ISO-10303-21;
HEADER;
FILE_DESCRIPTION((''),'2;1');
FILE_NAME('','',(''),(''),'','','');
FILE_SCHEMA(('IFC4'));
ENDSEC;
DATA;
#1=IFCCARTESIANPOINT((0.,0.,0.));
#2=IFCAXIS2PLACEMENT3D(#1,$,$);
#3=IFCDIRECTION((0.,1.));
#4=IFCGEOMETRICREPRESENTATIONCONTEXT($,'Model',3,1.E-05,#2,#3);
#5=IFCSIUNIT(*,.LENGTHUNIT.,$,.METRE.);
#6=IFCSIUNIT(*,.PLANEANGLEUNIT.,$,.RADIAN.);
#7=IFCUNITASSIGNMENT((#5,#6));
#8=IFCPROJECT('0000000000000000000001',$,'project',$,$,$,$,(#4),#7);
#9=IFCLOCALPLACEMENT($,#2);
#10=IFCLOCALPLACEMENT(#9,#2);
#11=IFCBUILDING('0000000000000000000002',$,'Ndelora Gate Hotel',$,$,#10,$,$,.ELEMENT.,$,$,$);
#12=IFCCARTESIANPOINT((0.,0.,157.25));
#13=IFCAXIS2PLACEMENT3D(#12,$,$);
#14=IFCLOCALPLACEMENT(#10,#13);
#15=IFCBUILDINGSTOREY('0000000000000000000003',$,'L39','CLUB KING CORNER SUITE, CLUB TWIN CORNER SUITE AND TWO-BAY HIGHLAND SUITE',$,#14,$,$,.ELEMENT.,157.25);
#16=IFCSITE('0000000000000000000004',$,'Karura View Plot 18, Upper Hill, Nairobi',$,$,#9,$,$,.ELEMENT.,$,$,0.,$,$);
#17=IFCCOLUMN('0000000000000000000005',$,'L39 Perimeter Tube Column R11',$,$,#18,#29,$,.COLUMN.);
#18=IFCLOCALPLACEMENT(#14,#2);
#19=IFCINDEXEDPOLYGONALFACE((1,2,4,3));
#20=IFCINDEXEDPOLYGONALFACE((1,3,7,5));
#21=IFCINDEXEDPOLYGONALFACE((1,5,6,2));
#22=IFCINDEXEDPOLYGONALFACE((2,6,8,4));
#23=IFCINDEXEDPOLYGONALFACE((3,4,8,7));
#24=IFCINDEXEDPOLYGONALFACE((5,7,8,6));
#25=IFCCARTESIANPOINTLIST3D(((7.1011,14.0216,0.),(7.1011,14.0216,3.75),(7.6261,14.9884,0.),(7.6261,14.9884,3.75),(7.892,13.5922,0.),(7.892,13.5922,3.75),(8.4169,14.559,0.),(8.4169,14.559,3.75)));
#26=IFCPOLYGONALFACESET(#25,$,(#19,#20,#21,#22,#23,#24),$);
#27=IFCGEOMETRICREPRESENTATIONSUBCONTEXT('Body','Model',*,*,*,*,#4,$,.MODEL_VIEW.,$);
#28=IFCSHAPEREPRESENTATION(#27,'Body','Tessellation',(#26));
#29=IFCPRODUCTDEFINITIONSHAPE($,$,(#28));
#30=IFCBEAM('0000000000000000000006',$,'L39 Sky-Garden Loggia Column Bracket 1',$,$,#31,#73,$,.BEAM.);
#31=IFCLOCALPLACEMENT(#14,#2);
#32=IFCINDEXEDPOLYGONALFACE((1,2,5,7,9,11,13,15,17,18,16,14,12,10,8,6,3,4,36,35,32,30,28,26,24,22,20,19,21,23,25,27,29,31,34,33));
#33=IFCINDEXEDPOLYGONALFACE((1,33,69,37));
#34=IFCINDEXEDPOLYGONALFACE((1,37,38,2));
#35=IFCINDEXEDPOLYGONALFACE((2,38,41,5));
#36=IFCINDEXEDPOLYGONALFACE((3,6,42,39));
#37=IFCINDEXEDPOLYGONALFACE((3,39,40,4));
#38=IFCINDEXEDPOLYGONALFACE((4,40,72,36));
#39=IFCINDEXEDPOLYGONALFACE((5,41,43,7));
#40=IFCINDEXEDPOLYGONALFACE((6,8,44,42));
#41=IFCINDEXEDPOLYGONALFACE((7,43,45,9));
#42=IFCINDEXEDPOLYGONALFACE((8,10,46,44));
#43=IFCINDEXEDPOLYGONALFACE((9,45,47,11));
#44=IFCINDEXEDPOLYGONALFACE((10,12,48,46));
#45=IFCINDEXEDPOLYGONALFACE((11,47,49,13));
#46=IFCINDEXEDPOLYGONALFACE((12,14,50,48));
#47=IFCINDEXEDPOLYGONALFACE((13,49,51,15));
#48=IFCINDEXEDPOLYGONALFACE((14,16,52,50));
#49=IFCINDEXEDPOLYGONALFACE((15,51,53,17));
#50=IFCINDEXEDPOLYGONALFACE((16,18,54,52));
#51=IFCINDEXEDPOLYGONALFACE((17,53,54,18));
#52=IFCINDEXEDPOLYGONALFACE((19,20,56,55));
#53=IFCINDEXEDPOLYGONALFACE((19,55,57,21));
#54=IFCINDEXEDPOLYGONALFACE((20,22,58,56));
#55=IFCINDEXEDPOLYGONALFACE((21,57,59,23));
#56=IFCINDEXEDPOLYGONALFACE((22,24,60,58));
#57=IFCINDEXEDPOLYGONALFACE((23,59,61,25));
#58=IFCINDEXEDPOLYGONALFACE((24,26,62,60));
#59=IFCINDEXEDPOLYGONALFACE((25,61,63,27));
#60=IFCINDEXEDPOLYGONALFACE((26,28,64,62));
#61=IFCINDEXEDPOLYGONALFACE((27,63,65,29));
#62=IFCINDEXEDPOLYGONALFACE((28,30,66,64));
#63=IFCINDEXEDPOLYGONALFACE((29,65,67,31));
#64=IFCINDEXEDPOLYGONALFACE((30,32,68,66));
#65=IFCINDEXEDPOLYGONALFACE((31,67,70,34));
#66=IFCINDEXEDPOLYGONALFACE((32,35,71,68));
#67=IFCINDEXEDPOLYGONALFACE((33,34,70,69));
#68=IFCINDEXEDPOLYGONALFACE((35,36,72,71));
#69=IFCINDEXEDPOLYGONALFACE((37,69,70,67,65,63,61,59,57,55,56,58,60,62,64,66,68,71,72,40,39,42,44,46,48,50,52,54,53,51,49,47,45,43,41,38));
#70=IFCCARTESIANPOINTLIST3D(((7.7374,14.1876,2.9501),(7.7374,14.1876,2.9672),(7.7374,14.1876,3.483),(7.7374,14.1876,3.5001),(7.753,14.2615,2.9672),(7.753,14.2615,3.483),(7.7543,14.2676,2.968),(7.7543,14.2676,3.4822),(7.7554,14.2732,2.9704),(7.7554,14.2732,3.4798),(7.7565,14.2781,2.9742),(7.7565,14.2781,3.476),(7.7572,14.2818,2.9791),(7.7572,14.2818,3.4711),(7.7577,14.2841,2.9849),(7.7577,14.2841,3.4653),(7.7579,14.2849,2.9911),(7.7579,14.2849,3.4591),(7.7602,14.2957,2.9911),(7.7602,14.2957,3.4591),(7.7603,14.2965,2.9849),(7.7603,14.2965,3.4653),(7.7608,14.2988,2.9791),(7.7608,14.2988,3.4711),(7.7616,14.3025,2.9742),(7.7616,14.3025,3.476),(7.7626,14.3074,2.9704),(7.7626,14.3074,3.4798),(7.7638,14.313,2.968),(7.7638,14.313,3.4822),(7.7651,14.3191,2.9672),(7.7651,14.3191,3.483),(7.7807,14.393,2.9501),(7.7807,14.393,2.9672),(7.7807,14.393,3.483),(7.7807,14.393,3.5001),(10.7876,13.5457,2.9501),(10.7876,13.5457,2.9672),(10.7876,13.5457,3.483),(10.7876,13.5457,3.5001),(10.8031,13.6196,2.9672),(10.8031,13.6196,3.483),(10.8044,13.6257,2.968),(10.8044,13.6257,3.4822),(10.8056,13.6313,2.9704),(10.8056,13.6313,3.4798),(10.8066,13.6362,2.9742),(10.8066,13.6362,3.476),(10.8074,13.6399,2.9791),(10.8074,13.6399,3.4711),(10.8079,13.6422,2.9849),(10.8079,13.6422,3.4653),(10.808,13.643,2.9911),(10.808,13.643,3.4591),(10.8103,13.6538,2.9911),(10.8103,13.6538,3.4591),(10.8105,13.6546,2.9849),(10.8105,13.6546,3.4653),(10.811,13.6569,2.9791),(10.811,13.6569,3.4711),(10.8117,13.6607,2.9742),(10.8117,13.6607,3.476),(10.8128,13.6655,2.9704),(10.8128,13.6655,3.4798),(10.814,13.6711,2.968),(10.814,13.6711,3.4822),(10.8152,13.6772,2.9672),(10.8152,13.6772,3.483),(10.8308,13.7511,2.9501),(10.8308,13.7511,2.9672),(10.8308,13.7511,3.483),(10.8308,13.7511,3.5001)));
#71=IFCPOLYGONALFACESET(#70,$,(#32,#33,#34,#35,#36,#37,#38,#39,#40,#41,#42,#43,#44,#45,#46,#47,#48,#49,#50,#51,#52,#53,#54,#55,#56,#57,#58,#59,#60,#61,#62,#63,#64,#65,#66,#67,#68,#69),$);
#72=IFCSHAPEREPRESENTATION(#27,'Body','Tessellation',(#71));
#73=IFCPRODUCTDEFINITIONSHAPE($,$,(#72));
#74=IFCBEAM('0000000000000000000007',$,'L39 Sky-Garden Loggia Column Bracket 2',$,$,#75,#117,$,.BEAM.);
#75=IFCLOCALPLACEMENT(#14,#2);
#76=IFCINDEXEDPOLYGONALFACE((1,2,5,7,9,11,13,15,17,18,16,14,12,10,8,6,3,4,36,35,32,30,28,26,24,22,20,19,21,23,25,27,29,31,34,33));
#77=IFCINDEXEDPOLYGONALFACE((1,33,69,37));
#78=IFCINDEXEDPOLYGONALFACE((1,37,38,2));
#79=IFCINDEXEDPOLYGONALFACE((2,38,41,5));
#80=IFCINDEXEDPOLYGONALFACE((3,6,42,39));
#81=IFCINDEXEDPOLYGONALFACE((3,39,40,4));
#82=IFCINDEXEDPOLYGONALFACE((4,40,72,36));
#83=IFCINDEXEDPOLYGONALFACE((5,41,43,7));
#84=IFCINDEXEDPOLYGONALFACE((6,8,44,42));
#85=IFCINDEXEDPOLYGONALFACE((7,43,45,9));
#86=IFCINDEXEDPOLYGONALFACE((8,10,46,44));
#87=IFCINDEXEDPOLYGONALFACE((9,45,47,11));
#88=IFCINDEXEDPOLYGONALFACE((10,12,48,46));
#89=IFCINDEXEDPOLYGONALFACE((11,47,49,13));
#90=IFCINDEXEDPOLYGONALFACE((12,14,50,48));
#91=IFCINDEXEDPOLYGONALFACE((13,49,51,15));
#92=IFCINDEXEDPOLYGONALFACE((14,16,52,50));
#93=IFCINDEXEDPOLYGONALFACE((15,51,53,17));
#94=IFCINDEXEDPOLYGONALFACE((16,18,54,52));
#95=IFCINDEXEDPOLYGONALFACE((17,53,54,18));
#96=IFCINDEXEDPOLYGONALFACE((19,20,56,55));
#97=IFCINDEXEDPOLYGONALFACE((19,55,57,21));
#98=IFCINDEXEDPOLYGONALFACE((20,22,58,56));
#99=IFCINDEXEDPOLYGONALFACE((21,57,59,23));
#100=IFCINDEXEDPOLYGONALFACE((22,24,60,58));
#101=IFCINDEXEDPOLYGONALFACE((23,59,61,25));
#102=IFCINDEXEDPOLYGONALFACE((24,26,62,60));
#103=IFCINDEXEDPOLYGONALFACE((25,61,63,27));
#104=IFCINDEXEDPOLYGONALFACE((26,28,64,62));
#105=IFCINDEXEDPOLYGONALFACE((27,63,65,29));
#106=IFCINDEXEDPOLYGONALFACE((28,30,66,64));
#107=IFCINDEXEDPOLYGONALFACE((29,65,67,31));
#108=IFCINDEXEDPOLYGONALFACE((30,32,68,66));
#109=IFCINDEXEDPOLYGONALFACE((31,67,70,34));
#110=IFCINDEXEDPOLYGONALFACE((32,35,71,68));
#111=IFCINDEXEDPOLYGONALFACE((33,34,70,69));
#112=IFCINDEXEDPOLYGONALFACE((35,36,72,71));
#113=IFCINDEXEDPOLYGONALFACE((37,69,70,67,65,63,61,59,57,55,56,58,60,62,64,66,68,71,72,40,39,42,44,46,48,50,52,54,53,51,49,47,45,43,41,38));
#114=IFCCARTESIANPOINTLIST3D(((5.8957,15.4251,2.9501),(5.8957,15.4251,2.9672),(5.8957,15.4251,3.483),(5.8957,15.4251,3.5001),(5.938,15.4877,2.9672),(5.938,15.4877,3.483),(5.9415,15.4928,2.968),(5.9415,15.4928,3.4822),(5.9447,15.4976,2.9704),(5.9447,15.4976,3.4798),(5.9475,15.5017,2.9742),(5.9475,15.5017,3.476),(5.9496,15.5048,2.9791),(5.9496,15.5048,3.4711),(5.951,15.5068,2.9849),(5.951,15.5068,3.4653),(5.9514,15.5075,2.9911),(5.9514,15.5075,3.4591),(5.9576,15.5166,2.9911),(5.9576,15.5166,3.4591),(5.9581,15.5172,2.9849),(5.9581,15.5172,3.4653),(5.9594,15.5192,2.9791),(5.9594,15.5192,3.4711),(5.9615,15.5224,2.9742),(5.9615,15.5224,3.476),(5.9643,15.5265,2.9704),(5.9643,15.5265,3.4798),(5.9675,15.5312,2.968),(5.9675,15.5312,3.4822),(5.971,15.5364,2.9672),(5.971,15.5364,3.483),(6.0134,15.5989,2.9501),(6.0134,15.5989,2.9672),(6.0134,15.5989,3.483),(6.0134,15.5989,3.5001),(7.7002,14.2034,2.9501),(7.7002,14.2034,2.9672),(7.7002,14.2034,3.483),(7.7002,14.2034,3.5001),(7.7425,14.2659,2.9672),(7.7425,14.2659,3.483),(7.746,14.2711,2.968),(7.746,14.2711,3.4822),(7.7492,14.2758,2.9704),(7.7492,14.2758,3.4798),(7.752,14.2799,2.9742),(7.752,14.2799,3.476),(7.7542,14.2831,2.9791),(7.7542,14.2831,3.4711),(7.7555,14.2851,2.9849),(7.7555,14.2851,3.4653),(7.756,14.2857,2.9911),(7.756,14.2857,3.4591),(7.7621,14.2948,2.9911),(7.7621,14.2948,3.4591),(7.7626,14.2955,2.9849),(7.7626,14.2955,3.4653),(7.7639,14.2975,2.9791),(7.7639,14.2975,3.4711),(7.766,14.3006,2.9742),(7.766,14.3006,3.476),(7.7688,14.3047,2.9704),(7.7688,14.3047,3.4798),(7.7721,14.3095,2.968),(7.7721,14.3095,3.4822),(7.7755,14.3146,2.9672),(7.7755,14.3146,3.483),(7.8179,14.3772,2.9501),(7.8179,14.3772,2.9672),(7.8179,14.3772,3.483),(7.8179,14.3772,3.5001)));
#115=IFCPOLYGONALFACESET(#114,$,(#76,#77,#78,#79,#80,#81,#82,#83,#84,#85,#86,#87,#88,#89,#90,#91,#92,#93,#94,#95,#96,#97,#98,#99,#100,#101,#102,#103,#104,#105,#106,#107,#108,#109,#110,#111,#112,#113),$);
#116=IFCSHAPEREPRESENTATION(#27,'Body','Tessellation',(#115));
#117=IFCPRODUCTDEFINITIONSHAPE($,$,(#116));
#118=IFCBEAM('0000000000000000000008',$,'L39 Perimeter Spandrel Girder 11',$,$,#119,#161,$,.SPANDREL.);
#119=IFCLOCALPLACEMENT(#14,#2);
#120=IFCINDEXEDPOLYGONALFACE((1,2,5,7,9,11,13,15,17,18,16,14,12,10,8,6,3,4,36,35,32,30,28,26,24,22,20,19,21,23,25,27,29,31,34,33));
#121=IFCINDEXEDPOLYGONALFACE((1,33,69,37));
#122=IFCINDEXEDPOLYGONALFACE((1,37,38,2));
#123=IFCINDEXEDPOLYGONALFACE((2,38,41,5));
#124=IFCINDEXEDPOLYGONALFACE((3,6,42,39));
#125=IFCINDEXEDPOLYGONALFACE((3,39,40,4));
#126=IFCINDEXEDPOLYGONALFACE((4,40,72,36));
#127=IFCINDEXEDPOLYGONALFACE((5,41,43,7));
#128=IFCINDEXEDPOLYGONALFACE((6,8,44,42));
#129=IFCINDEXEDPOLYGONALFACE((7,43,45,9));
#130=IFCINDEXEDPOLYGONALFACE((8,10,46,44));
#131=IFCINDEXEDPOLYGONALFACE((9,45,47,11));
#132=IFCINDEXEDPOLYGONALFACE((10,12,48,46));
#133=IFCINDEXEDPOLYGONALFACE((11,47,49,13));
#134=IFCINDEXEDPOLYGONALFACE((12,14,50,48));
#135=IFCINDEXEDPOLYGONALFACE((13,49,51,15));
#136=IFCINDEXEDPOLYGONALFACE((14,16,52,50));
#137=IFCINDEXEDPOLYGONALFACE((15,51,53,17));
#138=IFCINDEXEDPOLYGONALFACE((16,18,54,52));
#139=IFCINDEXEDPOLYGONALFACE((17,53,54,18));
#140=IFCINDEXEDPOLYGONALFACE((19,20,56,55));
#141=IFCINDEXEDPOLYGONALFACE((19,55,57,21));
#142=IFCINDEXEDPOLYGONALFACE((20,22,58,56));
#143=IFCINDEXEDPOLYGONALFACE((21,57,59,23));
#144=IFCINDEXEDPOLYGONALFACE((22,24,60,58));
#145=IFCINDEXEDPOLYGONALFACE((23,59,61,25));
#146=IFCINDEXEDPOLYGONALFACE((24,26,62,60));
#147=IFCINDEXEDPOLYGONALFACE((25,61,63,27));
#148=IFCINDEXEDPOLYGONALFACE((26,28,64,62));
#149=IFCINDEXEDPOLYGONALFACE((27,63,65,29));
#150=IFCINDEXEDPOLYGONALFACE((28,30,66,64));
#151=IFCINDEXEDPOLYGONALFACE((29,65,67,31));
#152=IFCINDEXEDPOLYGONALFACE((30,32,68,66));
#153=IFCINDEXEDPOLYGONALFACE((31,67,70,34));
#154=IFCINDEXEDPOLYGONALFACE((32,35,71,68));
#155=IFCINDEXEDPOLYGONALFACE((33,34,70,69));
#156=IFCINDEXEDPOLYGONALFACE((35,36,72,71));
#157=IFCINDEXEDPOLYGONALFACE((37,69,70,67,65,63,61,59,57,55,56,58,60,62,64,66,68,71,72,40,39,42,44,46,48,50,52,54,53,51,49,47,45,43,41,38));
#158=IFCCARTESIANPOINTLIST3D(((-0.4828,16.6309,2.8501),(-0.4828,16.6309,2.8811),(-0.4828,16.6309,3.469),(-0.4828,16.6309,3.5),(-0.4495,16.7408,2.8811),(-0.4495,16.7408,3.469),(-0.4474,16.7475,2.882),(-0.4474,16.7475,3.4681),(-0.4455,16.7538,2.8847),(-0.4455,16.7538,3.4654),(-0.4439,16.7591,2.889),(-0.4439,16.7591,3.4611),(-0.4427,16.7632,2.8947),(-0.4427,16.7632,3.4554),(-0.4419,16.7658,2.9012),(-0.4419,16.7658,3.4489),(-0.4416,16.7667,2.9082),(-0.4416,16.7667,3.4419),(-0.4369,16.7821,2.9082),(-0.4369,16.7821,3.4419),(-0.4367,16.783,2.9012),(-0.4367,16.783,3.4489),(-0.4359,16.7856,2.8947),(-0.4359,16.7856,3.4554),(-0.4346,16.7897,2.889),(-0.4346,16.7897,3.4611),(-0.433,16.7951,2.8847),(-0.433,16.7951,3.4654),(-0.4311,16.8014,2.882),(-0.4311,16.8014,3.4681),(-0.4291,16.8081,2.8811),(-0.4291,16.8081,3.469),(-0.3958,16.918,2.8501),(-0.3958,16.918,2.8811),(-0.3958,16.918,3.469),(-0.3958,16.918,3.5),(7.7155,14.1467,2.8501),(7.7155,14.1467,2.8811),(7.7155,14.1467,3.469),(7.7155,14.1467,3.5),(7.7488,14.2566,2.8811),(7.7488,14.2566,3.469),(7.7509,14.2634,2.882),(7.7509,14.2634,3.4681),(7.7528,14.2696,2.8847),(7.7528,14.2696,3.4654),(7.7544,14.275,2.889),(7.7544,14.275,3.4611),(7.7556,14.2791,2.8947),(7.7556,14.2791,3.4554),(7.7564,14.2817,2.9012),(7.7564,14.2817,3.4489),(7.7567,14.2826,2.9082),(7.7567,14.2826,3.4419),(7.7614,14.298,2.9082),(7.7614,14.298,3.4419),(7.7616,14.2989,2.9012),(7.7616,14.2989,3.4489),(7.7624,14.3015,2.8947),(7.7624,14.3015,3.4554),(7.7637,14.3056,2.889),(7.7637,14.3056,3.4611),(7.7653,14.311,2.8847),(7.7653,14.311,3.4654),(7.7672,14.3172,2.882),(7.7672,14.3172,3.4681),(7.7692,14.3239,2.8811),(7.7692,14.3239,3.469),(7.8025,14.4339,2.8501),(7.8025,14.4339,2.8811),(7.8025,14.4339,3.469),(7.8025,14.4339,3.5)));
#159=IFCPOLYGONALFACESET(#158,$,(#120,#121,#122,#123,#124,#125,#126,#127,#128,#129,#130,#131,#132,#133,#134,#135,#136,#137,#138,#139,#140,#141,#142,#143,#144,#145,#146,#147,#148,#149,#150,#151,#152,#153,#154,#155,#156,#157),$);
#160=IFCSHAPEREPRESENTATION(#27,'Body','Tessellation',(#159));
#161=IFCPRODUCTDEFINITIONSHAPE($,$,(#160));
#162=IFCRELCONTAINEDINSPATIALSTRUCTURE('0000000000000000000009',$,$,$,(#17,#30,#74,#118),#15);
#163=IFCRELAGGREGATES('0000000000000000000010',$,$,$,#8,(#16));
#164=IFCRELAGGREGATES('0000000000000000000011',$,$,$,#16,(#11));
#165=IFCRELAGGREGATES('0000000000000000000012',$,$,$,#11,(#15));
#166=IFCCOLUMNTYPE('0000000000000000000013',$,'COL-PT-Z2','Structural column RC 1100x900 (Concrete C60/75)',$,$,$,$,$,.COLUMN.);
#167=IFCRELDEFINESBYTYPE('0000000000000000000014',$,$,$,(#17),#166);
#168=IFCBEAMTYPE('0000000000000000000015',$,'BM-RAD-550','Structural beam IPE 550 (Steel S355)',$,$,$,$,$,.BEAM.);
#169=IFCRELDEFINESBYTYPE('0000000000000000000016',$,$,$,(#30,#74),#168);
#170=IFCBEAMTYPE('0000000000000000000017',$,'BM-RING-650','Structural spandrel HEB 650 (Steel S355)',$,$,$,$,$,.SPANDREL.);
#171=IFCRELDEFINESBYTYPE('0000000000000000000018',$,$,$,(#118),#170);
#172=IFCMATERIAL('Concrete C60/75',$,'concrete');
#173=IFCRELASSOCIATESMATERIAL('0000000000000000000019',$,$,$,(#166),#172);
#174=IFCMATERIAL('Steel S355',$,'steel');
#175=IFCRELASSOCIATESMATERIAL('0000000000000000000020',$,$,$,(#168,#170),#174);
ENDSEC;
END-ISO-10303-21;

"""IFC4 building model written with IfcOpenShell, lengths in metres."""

from ifc_helpers import new_model, si_unit, direction, frame, origin, origin_2d, place, context, subcontext, project, spatial, rectangle, i_section, extrude, material, material_profile, profile_set, type_object, element, save


model = new_model("IFC4")

# Units and contexts
model_context = context("Model", 3, precision=1e-05, world=origin(), true_north=direction((0.0, 1.0)))
body_context = subcontext(model_context, "Body", "Model", "MODEL_VIEW")
ifc_project = project(units=[si_unit("LENGTHUNIT", "METRE"), si_unit("PLANEANGLEUNIT", "RADIAN")], contexts=[model_context])

# Site, building, storey
site_placement = place(None, origin())
site = spatial("IfcSite", under=ifc_project, at=site_placement, Name="Karura View Plot 18, Upper Hill, Nairobi", CompositionType="ELEMENT", RefElevation=0.0)
building_placement = place(site_placement, origin())
building = spatial("IfcBuilding", under=site, at=building_placement, Name="Ndelora Gate Hotel", CompositionType="ELEMENT")
storey_placement = place(building_placement, frame((0.0, 0.0, 157.25)))
storey = spatial("IfcBuildingStorey", under=building, at=storey_placement, Name="L39", Description="CLUB KING CORNER SUITE, CLUB TWIN CORNER SUITE AND TWO-BAY HIGHLAND SUITE", CompositionType="ELEMENT", Elevation=157.25)

# Column
ifc_material_1 = material(Name="Concrete C60/75", Category="concrete")
ifc_material_profile_1 = material_profile(ifc_material_1, rectangle(XDim=0.8999, YDim=1.1001, at=origin_2d()), Name="RC 1100x900")
ifc_profile_set_1 = profile_set([ifc_material_profile_1], Name="Concrete C60/75")
column_type = type_object("IfcColumnType", Name="COL-PT-Z2", Description="Structural column RC 1100x900 (Concrete C60/75)", PredefinedType="COLUMN", material=ifc_profile_set_1)
column_placement = place(storey_placement, frame((7.759, 14.2903, 0.0), z_axis=(0.0, 0.0, 1.0), x_axis=(-0.878817, 0.477159, 0.0)))
element("IfcColumn", 1, at=column_placement, inside=storey, type_object=column_type, Name="L39 Perimeter Tube Column R11", PredefinedType="COLUMN", context=body_context, shape_type="SweptSolid", body=[
    extrude(rectangle(XDim=0.8999, YDim=1.1001, at=origin_2d()), origin(), (0.0, 0.0, 1.0), 3.75),
])

# Beams
ifc_material_2 = material(Name="Steel S355", Category="steel")
ifc_material_profile_2 = material_profile(ifc_material_2, i_section(OverallWidth=0.21, OverallDepth=0.55, WebThickness=0.011, FlangeThickness=0.0171, FilletRadius=0.0239, at=origin_2d()), Name="IPE 550")
ifc_profile_set_2 = profile_set([ifc_material_profile_2], Name="Steel S355")
beam_type_1 = type_object("IfcBeamType", Name="BM-RAD-550", Description="Structural beam IPE 550 (Steel S355)", PredefinedType="BEAM", material=ifc_profile_set_2)
beam_1_placement = place(storey_placement, frame((7.759, 14.2903, 3.2251), z_axis=(0.978567, -0.205928, 0.0), x_axis=(0.205928, 0.978567, 0.0)))
element("IfcBeam", 2, at=beam_1_placement, inside=storey, type_object=beam_type_1, Name="L39 Sky-Garden Loggia Column Bracket 1", PredefinedType="BEAM", context=body_context, shape_type="SweptSolid", body=[
    extrude(i_section(OverallWidth=0.21, OverallDepth=0.55, WebThickness=0.011, FlangeThickness=0.0171, FilletRadius=0.0239, at=origin_2d()), origin(), (0.0, 0.0, 1.0), 3.1169),
])
beam_2_placement = place(storey_placement, frame((7.759, 14.2903, 3.2251), z_axis=(-0.828065, 0.560633, 0.0), x_axis=(-0.560633, -0.828065, 0.0)))
element("IfcBeam", 3, at=beam_2_placement, inside=storey, type_object=beam_type_1, Name="L39 Sky-Garden Loggia Column Bracket 2", PredefinedType="BEAM", context=body_context, shape_type="SweptSolid", body=[
    extrude(i_section(OverallWidth=0.21, OverallDepth=0.55, WebThickness=0.011, FlangeThickness=0.0171, FilletRadius=0.0239, at=origin_2d()), origin(), (0.0, 0.0, 1.0), 2.1792),
])
ifc_material_profile_3 = material_profile(ifc_material_2, i_section(OverallWidth=0.3, OverallDepth=0.6499, WebThickness=0.0161, FlangeThickness=0.031, FilletRadius=0.0271, at=origin_2d()), Name="HEB 650")
ifc_profile_set_3 = profile_set([ifc_material_profile_3], Name="Steel S355")
beam_type_2 = type_object("IfcBeamType", Name="BM-RING-650", Description="Structural spandrel HEB 650 (Steel S355)", PredefinedType="SPANDREL", material=ifc_profile_set_3)
beam_3_placement = place(storey_placement, frame((7.759, 14.2903, 3.175), z_axis=(-0.95703, 0.289988, 0.0), x_axis=(-0.289988, -0.95703, 0.0)))
element("IfcBeam", 4, at=beam_3_placement, inside=storey, type_object=beam_type_2, Name="L39 Perimeter Spandrel Girder 11", PredefinedType="SPANDREL", context=body_context, shape_type="SweptSolid", body=[
    extrude(i_section(OverallWidth=0.3, OverallDepth=0.6499, WebThickness=0.0161, FlangeThickness=0.031, FilletRadius=0.0271, at=origin_2d()), origin(), (0.0, 0.0, 1.0), 8.5664),
])

save(model, "model.ifc")
